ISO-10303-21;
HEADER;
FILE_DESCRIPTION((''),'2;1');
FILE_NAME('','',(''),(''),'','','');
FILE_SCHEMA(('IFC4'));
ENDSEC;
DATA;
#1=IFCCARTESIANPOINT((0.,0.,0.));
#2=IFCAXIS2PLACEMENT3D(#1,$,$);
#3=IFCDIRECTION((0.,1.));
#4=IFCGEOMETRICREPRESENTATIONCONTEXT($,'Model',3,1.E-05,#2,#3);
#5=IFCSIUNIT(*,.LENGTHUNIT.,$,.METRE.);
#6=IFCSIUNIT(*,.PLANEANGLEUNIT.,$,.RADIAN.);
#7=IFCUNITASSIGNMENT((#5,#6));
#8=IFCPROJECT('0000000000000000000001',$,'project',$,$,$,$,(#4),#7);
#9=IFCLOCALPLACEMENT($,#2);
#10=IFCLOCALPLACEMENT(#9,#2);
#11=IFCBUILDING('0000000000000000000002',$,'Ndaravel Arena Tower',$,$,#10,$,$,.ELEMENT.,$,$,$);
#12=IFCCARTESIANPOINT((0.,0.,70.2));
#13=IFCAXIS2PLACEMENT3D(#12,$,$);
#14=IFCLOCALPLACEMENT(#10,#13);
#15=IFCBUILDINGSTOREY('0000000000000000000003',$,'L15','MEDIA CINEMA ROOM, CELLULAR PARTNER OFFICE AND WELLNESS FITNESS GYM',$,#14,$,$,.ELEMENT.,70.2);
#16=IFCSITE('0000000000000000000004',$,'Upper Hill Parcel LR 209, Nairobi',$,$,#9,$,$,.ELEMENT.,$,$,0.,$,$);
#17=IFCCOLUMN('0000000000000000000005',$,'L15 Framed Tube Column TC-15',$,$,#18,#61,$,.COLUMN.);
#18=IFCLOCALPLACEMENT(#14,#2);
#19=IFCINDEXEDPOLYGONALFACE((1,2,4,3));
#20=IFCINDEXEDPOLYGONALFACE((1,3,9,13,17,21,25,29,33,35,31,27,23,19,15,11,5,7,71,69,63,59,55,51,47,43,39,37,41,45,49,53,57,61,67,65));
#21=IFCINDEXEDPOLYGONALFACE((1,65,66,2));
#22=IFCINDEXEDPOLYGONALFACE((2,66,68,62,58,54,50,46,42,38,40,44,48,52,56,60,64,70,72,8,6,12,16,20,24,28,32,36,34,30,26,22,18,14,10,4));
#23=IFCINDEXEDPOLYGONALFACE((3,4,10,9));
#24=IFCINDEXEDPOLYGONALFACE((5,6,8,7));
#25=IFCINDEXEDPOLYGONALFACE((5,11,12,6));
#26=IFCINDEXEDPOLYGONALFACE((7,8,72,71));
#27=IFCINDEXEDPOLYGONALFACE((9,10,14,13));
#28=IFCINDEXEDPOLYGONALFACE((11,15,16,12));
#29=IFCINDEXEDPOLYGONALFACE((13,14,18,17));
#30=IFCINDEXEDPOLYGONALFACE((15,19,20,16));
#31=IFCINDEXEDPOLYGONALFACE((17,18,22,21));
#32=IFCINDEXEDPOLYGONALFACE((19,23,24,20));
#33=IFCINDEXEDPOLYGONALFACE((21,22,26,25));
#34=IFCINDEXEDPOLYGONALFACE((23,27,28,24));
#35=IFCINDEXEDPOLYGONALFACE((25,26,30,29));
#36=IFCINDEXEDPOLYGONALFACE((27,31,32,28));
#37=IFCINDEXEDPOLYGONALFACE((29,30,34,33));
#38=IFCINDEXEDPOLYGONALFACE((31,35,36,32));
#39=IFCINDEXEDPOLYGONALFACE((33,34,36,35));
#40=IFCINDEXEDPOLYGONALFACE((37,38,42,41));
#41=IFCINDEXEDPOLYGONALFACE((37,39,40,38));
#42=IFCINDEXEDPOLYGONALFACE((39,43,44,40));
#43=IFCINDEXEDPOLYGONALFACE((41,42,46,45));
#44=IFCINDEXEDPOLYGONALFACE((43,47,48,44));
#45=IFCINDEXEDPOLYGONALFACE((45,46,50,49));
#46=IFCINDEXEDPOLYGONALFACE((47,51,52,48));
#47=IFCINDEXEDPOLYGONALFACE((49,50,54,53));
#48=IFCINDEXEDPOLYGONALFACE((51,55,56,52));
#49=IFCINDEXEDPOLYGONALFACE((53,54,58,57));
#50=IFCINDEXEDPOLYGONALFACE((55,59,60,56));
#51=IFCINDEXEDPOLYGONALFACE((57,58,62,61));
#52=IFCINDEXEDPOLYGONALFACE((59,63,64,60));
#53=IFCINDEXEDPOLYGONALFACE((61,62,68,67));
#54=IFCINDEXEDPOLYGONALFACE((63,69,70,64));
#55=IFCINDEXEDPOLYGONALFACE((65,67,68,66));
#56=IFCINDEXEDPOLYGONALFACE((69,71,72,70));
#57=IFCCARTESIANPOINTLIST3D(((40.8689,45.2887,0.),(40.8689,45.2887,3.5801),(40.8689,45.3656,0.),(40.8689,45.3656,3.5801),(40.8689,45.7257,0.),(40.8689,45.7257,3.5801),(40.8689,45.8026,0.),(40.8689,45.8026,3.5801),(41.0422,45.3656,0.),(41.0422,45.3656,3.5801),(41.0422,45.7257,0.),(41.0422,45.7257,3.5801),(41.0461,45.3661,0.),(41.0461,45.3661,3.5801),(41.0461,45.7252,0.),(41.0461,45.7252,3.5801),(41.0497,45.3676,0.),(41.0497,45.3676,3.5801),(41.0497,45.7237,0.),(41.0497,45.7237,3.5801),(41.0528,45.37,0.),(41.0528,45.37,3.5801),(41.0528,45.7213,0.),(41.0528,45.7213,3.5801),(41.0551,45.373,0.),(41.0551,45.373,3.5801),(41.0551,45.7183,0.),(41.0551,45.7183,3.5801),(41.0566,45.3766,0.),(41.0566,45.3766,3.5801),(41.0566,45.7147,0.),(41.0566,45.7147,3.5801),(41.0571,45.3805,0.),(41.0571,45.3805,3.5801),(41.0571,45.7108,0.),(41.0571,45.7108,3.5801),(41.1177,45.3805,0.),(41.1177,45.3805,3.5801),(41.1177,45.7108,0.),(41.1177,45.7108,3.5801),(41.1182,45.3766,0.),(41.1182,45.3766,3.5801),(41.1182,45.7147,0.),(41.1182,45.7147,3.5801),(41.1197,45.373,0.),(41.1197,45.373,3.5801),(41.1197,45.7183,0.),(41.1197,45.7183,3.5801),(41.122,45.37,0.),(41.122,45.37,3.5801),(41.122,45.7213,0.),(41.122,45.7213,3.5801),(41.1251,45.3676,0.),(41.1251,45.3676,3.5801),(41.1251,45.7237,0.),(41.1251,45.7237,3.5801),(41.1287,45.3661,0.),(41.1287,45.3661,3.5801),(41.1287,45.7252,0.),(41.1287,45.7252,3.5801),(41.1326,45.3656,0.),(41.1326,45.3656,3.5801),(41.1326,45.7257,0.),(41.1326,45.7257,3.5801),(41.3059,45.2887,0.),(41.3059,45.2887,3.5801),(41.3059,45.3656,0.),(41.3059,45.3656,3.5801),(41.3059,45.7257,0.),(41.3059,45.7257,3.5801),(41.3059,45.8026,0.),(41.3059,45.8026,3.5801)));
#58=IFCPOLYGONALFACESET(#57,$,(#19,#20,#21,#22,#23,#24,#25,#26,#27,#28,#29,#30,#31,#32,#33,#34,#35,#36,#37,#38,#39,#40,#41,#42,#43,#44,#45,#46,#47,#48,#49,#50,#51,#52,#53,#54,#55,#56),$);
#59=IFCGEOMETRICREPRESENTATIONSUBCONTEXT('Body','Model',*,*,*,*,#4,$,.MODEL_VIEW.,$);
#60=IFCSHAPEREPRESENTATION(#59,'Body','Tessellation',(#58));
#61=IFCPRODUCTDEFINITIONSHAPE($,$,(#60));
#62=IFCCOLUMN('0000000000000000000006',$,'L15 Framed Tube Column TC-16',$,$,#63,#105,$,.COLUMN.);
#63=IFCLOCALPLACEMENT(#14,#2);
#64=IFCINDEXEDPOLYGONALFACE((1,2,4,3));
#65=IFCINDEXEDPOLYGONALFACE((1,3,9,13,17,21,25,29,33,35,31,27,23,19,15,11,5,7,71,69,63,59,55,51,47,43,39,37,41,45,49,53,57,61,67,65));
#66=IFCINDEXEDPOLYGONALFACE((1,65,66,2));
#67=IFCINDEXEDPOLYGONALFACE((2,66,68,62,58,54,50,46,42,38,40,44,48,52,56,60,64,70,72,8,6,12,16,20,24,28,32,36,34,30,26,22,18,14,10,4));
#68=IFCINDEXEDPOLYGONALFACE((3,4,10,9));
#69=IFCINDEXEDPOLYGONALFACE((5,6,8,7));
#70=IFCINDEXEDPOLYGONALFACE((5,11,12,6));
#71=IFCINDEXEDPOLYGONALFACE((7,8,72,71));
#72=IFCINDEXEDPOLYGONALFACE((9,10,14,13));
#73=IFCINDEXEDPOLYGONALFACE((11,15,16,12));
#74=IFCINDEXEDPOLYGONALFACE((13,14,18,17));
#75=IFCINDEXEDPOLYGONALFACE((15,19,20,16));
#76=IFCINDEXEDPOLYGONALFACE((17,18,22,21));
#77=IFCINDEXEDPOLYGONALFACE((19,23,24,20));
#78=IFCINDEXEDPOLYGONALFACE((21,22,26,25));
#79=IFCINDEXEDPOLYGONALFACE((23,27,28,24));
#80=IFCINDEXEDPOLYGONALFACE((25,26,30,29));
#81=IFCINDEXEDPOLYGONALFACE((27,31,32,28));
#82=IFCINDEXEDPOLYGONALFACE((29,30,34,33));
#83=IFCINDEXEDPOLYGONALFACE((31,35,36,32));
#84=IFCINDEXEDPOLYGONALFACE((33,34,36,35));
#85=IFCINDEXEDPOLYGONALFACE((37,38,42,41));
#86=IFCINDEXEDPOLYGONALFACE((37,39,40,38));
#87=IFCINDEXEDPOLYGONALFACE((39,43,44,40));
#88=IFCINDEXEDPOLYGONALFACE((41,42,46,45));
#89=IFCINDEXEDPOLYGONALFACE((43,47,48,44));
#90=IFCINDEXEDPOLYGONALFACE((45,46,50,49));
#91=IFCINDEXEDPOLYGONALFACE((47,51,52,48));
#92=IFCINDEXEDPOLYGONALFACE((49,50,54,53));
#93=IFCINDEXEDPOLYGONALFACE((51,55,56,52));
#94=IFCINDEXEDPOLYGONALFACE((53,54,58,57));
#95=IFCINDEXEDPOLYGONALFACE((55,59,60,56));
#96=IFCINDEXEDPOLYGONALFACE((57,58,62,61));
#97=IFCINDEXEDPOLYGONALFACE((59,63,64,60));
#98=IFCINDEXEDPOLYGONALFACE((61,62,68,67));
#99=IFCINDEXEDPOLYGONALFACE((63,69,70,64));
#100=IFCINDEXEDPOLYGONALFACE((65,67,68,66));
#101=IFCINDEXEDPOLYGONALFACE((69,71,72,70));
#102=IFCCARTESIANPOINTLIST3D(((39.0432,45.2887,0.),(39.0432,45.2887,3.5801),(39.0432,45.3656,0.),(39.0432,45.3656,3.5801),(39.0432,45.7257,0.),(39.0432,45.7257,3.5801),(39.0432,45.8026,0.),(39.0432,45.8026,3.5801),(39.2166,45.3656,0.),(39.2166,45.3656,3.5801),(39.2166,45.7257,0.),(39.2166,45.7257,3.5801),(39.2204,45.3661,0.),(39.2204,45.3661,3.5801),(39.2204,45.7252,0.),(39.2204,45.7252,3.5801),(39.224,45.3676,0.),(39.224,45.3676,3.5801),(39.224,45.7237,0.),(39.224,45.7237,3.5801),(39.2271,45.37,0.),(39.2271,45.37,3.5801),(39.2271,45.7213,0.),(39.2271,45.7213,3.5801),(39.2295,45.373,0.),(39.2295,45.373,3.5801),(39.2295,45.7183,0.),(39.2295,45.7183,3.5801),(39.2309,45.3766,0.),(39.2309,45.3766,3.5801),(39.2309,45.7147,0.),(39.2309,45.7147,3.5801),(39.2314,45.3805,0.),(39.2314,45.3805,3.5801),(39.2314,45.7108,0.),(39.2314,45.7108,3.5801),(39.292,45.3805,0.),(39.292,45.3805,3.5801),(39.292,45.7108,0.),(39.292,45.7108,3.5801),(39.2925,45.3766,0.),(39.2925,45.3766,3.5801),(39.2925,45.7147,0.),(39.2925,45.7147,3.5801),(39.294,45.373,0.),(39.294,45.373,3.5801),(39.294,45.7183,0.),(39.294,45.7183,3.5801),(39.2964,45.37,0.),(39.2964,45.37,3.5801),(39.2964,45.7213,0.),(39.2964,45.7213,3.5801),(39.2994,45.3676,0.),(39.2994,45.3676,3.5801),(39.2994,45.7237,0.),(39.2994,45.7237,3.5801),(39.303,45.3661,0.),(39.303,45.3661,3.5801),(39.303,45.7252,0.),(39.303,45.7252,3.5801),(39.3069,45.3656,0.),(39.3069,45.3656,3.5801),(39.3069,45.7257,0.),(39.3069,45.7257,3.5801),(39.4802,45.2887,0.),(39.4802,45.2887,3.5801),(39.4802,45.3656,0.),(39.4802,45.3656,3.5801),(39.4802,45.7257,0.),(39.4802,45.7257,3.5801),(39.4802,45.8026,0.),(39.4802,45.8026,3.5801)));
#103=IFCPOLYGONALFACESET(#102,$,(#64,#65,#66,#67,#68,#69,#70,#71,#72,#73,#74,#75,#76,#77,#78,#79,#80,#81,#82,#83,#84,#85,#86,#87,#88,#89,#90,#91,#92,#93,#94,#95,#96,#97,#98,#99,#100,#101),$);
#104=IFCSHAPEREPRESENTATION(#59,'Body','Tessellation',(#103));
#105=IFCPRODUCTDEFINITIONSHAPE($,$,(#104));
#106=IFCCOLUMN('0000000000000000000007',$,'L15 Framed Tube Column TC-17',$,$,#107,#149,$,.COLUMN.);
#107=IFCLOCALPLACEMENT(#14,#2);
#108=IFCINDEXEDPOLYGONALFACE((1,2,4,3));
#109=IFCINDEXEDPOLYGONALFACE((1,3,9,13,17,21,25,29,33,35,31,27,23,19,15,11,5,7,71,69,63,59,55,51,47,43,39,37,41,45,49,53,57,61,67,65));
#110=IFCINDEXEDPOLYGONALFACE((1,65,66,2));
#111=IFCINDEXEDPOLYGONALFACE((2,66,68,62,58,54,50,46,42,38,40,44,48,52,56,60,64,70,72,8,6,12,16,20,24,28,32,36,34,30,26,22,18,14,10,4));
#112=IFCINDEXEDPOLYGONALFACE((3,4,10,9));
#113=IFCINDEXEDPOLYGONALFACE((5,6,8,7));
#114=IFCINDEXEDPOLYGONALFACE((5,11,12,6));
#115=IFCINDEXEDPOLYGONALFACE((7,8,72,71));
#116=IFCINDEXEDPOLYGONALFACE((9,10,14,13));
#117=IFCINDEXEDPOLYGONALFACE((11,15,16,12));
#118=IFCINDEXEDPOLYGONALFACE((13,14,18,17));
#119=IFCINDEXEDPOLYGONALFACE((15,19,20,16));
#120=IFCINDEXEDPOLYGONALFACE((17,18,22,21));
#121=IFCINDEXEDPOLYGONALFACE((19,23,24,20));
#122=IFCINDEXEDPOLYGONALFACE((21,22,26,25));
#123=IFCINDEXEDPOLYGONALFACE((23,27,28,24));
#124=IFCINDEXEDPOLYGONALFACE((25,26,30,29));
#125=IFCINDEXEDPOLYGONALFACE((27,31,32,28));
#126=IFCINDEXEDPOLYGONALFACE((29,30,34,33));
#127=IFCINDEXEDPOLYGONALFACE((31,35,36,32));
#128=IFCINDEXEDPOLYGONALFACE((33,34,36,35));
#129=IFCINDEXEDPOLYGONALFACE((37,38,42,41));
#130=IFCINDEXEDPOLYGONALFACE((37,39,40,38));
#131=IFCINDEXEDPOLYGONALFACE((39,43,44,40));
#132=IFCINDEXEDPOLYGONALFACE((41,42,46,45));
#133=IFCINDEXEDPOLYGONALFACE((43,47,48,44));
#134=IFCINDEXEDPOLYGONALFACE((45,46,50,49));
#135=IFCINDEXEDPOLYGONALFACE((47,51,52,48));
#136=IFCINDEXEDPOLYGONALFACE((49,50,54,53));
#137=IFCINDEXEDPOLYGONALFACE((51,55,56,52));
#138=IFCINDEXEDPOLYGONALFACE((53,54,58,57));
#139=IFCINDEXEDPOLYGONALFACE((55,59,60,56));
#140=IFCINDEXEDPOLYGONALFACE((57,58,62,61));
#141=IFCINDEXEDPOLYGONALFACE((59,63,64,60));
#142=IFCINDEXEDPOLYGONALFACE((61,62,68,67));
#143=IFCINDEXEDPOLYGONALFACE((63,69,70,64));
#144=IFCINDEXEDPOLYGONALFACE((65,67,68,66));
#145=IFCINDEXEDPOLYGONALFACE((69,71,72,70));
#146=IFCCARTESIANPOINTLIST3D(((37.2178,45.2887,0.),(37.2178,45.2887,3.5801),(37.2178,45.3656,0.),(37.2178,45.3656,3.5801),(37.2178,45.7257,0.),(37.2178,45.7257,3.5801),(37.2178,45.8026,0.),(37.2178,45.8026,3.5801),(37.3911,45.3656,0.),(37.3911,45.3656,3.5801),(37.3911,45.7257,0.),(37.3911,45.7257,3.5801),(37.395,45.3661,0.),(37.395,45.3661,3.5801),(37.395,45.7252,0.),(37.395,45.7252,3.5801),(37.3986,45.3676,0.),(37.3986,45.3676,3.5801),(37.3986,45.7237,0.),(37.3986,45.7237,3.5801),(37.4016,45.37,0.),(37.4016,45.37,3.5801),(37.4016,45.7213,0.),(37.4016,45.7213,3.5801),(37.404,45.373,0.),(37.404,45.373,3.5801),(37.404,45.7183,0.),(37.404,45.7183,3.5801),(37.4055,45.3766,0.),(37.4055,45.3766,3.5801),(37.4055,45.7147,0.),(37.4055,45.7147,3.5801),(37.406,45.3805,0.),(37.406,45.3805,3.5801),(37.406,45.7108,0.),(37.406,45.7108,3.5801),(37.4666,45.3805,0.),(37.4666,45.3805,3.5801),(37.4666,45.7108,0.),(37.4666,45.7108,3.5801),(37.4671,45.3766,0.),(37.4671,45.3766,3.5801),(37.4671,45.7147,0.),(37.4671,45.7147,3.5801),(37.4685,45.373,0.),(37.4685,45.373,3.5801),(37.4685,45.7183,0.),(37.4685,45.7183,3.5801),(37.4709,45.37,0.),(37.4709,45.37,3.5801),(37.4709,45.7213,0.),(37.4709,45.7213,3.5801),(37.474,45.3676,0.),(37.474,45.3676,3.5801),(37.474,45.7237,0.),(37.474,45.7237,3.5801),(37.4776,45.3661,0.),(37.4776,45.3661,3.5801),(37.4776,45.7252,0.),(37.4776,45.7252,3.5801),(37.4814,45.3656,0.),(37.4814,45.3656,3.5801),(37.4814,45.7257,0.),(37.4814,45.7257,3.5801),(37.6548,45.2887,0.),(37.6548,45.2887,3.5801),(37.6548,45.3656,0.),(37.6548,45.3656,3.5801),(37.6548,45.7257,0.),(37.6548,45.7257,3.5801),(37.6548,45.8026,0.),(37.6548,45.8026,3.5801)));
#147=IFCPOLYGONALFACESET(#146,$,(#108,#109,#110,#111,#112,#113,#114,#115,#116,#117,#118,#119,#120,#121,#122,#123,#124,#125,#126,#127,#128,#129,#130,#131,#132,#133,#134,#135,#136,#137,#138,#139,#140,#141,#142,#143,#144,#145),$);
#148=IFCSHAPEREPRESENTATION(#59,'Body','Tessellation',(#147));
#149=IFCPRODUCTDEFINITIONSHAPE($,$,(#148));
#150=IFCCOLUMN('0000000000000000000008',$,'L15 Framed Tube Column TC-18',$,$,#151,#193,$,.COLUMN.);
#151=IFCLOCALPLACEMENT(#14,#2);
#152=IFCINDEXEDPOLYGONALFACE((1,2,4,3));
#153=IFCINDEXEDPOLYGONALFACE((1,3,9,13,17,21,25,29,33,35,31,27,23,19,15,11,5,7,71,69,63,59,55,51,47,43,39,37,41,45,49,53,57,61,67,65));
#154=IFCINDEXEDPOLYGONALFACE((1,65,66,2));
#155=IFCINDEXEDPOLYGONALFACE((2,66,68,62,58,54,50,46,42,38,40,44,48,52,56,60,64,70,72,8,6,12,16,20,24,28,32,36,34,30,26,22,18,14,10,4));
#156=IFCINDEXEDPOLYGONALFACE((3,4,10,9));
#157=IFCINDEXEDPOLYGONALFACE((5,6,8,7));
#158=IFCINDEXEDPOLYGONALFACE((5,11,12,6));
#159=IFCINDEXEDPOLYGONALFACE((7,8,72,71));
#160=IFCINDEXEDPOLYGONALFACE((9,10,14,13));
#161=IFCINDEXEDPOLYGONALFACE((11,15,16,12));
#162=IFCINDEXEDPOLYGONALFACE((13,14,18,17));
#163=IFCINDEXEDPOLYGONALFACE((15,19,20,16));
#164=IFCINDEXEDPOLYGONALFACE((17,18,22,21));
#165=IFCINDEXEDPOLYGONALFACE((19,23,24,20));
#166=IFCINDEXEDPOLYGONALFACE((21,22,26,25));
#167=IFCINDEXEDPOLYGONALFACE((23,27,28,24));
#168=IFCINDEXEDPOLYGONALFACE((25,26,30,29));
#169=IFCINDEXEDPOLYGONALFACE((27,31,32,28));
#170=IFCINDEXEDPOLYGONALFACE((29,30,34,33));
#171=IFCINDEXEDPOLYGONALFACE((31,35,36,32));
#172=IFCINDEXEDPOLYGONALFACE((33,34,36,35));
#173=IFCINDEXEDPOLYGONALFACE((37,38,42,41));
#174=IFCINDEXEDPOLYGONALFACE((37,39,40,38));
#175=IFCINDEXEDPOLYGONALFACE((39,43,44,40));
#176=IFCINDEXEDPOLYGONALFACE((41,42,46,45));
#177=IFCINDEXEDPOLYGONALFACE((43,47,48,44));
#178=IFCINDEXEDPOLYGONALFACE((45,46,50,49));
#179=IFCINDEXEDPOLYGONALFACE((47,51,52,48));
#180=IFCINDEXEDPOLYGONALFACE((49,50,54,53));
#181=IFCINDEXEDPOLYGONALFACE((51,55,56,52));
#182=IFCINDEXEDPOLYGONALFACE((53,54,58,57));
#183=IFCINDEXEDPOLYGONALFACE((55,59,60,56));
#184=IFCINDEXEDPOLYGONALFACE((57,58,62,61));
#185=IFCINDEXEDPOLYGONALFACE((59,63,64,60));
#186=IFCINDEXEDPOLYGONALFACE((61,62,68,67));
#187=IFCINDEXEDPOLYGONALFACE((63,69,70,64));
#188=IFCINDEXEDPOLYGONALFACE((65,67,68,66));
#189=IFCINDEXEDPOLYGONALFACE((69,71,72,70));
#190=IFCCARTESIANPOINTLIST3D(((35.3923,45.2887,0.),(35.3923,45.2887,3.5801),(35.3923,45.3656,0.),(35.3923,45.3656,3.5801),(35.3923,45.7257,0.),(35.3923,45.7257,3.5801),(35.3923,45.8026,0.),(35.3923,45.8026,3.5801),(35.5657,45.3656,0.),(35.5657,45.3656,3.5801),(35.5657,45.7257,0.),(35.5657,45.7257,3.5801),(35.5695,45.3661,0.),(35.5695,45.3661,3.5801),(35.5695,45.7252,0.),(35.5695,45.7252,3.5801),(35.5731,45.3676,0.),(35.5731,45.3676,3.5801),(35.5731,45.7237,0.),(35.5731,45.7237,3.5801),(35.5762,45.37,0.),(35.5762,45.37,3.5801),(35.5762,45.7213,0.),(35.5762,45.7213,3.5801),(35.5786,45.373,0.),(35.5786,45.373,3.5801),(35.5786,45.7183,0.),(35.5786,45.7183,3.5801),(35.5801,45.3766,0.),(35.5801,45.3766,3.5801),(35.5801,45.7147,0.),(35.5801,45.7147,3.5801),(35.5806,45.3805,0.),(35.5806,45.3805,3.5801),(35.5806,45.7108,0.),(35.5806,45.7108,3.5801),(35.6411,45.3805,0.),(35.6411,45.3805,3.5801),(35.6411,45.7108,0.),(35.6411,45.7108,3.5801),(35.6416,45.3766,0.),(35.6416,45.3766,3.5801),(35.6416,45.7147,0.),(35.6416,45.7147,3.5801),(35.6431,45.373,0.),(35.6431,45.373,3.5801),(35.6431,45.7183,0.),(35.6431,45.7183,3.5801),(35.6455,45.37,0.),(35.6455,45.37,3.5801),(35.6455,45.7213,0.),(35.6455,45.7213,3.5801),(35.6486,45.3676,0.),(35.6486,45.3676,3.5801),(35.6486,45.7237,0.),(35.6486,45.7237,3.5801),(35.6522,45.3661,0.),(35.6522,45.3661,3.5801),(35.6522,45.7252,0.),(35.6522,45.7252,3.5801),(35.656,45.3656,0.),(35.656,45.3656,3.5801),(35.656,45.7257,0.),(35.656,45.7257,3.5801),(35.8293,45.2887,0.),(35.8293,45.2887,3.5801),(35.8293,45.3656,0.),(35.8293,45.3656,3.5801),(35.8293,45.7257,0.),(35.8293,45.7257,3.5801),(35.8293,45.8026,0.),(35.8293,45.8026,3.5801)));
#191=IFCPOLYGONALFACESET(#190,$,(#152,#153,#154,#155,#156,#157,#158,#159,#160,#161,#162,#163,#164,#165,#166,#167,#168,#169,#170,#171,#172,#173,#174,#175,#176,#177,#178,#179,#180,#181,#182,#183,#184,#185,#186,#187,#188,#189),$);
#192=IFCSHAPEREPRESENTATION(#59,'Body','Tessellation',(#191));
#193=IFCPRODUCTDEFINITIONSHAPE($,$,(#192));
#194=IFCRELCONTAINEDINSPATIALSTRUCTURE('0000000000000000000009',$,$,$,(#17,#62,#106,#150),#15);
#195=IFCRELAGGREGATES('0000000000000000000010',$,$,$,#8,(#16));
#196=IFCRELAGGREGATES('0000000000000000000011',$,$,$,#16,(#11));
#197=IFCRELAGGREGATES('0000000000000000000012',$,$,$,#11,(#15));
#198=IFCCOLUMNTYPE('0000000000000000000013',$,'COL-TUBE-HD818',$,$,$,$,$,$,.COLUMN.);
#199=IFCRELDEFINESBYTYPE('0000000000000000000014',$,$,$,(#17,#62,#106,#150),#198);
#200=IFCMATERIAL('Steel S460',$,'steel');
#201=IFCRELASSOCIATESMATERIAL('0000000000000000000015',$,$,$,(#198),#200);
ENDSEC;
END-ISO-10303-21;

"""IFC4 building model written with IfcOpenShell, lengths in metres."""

from ifc_helpers import new_model, si_unit, direction, frame, origin, origin_2d, place, context, subcontext, project, spatial, i_section, extrude, material, material_profile, profile_set, type_object, element, save


model = new_model("IFC4")

# Units and contexts
model_context = context("Model", 3, precision=1e-05, world=origin(), true_north=direction((0.0, 1.0)))
body_context = subcontext(model_context, "Body", "Model", "MODEL_VIEW")
ifc_project = project(units=[si_unit("LENGTHUNIT", "METRE"), si_unit("PLANEANGLEUNIT", "RADIAN")], contexts=[model_context])

# Site, building, storey
site_placement = place(None, origin())
site = spatial("IfcSite", under=ifc_project, at=site_placement, Name="Upper Hill Parcel LR 209, Nairobi", CompositionType="ELEMENT", RefElevation=0.0)
building_placement = place(site_placement, origin())
building = spatial("IfcBuilding", under=site, at=building_placement, Name="Ndaravel Arena Tower", CompositionType="ELEMENT")
storey_placement = place(building_placement, frame((0.0, 0.0, 70.2)))
storey = spatial("IfcBuildingStorey", under=building, at=storey_placement, Name="L15", Description="MEDIA CINEMA ROOM, CELLULAR PARTNER OFFICE AND WELLNESS FITNESS GYM", CompositionType="ELEMENT", Elevation=70.2)

# Columns
ifc_material_1 = material(Name="Steel S460", Category="steel")
ifc_material_profile_1 = material_profile(ifc_material_1, i_section(OverallWidth=0.437, OverallDepth=0.5139, WebThickness=0.0605, FlangeThickness=0.0769, FilletRadius=0.0149, at=origin_2d()), Name="HD 400x818")
ifc_profile_set_1 = profile_set([ifc_material_profile_1], Name="Steel S460")
column_type = type_object("IfcColumnType", Name="COL-TUBE-HD818", PredefinedType="COLUMN", material=ifc_profile_set_1)
for number, where, z_axis, x_axis, name in (
    (1, (41.0874, 45.5457, 0.0), (0.0, 0.0, 1.0), (1.0, 0.0, 0.0), "L15 Framed Tube Column TC-15"),
    (2, (39.2617, 45.5457, 0.0), (0.0, 0.0, 1.0), (1.0, 0.0, 0.0), "L15 Framed Tube Column TC-16"),
    (3, (37.4363, 45.5457, 0.0), (0.0, 0.0, 1.0), (1.0, 0.0, 0.0), "L15 Framed Tube Column TC-17"),
    (4, (35.6108, 45.5457, 0.0), (0.0, 0.0, 1.0), (1.0, 0.0, 0.0), "L15 Framed Tube Column TC-18"),
):
    element("IfcColumn", number, at=place(storey_placement, frame(where, z_axis=z_axis, x_axis=x_axis)), inside=storey, type_object=column_type, Name=name, PredefinedType="COLUMN", context=body_context, shape_type="SweptSolid", body=[
        extrude(i_section(OverallWidth=0.437, OverallDepth=0.5139, WebThickness=0.0605, FlangeThickness=0.0769, FilletRadius=0.0149, at=origin_2d()), origin(), (0.0, 0.0, 1.0), 3.5801),
    ])

save(model, "model.ifc")
